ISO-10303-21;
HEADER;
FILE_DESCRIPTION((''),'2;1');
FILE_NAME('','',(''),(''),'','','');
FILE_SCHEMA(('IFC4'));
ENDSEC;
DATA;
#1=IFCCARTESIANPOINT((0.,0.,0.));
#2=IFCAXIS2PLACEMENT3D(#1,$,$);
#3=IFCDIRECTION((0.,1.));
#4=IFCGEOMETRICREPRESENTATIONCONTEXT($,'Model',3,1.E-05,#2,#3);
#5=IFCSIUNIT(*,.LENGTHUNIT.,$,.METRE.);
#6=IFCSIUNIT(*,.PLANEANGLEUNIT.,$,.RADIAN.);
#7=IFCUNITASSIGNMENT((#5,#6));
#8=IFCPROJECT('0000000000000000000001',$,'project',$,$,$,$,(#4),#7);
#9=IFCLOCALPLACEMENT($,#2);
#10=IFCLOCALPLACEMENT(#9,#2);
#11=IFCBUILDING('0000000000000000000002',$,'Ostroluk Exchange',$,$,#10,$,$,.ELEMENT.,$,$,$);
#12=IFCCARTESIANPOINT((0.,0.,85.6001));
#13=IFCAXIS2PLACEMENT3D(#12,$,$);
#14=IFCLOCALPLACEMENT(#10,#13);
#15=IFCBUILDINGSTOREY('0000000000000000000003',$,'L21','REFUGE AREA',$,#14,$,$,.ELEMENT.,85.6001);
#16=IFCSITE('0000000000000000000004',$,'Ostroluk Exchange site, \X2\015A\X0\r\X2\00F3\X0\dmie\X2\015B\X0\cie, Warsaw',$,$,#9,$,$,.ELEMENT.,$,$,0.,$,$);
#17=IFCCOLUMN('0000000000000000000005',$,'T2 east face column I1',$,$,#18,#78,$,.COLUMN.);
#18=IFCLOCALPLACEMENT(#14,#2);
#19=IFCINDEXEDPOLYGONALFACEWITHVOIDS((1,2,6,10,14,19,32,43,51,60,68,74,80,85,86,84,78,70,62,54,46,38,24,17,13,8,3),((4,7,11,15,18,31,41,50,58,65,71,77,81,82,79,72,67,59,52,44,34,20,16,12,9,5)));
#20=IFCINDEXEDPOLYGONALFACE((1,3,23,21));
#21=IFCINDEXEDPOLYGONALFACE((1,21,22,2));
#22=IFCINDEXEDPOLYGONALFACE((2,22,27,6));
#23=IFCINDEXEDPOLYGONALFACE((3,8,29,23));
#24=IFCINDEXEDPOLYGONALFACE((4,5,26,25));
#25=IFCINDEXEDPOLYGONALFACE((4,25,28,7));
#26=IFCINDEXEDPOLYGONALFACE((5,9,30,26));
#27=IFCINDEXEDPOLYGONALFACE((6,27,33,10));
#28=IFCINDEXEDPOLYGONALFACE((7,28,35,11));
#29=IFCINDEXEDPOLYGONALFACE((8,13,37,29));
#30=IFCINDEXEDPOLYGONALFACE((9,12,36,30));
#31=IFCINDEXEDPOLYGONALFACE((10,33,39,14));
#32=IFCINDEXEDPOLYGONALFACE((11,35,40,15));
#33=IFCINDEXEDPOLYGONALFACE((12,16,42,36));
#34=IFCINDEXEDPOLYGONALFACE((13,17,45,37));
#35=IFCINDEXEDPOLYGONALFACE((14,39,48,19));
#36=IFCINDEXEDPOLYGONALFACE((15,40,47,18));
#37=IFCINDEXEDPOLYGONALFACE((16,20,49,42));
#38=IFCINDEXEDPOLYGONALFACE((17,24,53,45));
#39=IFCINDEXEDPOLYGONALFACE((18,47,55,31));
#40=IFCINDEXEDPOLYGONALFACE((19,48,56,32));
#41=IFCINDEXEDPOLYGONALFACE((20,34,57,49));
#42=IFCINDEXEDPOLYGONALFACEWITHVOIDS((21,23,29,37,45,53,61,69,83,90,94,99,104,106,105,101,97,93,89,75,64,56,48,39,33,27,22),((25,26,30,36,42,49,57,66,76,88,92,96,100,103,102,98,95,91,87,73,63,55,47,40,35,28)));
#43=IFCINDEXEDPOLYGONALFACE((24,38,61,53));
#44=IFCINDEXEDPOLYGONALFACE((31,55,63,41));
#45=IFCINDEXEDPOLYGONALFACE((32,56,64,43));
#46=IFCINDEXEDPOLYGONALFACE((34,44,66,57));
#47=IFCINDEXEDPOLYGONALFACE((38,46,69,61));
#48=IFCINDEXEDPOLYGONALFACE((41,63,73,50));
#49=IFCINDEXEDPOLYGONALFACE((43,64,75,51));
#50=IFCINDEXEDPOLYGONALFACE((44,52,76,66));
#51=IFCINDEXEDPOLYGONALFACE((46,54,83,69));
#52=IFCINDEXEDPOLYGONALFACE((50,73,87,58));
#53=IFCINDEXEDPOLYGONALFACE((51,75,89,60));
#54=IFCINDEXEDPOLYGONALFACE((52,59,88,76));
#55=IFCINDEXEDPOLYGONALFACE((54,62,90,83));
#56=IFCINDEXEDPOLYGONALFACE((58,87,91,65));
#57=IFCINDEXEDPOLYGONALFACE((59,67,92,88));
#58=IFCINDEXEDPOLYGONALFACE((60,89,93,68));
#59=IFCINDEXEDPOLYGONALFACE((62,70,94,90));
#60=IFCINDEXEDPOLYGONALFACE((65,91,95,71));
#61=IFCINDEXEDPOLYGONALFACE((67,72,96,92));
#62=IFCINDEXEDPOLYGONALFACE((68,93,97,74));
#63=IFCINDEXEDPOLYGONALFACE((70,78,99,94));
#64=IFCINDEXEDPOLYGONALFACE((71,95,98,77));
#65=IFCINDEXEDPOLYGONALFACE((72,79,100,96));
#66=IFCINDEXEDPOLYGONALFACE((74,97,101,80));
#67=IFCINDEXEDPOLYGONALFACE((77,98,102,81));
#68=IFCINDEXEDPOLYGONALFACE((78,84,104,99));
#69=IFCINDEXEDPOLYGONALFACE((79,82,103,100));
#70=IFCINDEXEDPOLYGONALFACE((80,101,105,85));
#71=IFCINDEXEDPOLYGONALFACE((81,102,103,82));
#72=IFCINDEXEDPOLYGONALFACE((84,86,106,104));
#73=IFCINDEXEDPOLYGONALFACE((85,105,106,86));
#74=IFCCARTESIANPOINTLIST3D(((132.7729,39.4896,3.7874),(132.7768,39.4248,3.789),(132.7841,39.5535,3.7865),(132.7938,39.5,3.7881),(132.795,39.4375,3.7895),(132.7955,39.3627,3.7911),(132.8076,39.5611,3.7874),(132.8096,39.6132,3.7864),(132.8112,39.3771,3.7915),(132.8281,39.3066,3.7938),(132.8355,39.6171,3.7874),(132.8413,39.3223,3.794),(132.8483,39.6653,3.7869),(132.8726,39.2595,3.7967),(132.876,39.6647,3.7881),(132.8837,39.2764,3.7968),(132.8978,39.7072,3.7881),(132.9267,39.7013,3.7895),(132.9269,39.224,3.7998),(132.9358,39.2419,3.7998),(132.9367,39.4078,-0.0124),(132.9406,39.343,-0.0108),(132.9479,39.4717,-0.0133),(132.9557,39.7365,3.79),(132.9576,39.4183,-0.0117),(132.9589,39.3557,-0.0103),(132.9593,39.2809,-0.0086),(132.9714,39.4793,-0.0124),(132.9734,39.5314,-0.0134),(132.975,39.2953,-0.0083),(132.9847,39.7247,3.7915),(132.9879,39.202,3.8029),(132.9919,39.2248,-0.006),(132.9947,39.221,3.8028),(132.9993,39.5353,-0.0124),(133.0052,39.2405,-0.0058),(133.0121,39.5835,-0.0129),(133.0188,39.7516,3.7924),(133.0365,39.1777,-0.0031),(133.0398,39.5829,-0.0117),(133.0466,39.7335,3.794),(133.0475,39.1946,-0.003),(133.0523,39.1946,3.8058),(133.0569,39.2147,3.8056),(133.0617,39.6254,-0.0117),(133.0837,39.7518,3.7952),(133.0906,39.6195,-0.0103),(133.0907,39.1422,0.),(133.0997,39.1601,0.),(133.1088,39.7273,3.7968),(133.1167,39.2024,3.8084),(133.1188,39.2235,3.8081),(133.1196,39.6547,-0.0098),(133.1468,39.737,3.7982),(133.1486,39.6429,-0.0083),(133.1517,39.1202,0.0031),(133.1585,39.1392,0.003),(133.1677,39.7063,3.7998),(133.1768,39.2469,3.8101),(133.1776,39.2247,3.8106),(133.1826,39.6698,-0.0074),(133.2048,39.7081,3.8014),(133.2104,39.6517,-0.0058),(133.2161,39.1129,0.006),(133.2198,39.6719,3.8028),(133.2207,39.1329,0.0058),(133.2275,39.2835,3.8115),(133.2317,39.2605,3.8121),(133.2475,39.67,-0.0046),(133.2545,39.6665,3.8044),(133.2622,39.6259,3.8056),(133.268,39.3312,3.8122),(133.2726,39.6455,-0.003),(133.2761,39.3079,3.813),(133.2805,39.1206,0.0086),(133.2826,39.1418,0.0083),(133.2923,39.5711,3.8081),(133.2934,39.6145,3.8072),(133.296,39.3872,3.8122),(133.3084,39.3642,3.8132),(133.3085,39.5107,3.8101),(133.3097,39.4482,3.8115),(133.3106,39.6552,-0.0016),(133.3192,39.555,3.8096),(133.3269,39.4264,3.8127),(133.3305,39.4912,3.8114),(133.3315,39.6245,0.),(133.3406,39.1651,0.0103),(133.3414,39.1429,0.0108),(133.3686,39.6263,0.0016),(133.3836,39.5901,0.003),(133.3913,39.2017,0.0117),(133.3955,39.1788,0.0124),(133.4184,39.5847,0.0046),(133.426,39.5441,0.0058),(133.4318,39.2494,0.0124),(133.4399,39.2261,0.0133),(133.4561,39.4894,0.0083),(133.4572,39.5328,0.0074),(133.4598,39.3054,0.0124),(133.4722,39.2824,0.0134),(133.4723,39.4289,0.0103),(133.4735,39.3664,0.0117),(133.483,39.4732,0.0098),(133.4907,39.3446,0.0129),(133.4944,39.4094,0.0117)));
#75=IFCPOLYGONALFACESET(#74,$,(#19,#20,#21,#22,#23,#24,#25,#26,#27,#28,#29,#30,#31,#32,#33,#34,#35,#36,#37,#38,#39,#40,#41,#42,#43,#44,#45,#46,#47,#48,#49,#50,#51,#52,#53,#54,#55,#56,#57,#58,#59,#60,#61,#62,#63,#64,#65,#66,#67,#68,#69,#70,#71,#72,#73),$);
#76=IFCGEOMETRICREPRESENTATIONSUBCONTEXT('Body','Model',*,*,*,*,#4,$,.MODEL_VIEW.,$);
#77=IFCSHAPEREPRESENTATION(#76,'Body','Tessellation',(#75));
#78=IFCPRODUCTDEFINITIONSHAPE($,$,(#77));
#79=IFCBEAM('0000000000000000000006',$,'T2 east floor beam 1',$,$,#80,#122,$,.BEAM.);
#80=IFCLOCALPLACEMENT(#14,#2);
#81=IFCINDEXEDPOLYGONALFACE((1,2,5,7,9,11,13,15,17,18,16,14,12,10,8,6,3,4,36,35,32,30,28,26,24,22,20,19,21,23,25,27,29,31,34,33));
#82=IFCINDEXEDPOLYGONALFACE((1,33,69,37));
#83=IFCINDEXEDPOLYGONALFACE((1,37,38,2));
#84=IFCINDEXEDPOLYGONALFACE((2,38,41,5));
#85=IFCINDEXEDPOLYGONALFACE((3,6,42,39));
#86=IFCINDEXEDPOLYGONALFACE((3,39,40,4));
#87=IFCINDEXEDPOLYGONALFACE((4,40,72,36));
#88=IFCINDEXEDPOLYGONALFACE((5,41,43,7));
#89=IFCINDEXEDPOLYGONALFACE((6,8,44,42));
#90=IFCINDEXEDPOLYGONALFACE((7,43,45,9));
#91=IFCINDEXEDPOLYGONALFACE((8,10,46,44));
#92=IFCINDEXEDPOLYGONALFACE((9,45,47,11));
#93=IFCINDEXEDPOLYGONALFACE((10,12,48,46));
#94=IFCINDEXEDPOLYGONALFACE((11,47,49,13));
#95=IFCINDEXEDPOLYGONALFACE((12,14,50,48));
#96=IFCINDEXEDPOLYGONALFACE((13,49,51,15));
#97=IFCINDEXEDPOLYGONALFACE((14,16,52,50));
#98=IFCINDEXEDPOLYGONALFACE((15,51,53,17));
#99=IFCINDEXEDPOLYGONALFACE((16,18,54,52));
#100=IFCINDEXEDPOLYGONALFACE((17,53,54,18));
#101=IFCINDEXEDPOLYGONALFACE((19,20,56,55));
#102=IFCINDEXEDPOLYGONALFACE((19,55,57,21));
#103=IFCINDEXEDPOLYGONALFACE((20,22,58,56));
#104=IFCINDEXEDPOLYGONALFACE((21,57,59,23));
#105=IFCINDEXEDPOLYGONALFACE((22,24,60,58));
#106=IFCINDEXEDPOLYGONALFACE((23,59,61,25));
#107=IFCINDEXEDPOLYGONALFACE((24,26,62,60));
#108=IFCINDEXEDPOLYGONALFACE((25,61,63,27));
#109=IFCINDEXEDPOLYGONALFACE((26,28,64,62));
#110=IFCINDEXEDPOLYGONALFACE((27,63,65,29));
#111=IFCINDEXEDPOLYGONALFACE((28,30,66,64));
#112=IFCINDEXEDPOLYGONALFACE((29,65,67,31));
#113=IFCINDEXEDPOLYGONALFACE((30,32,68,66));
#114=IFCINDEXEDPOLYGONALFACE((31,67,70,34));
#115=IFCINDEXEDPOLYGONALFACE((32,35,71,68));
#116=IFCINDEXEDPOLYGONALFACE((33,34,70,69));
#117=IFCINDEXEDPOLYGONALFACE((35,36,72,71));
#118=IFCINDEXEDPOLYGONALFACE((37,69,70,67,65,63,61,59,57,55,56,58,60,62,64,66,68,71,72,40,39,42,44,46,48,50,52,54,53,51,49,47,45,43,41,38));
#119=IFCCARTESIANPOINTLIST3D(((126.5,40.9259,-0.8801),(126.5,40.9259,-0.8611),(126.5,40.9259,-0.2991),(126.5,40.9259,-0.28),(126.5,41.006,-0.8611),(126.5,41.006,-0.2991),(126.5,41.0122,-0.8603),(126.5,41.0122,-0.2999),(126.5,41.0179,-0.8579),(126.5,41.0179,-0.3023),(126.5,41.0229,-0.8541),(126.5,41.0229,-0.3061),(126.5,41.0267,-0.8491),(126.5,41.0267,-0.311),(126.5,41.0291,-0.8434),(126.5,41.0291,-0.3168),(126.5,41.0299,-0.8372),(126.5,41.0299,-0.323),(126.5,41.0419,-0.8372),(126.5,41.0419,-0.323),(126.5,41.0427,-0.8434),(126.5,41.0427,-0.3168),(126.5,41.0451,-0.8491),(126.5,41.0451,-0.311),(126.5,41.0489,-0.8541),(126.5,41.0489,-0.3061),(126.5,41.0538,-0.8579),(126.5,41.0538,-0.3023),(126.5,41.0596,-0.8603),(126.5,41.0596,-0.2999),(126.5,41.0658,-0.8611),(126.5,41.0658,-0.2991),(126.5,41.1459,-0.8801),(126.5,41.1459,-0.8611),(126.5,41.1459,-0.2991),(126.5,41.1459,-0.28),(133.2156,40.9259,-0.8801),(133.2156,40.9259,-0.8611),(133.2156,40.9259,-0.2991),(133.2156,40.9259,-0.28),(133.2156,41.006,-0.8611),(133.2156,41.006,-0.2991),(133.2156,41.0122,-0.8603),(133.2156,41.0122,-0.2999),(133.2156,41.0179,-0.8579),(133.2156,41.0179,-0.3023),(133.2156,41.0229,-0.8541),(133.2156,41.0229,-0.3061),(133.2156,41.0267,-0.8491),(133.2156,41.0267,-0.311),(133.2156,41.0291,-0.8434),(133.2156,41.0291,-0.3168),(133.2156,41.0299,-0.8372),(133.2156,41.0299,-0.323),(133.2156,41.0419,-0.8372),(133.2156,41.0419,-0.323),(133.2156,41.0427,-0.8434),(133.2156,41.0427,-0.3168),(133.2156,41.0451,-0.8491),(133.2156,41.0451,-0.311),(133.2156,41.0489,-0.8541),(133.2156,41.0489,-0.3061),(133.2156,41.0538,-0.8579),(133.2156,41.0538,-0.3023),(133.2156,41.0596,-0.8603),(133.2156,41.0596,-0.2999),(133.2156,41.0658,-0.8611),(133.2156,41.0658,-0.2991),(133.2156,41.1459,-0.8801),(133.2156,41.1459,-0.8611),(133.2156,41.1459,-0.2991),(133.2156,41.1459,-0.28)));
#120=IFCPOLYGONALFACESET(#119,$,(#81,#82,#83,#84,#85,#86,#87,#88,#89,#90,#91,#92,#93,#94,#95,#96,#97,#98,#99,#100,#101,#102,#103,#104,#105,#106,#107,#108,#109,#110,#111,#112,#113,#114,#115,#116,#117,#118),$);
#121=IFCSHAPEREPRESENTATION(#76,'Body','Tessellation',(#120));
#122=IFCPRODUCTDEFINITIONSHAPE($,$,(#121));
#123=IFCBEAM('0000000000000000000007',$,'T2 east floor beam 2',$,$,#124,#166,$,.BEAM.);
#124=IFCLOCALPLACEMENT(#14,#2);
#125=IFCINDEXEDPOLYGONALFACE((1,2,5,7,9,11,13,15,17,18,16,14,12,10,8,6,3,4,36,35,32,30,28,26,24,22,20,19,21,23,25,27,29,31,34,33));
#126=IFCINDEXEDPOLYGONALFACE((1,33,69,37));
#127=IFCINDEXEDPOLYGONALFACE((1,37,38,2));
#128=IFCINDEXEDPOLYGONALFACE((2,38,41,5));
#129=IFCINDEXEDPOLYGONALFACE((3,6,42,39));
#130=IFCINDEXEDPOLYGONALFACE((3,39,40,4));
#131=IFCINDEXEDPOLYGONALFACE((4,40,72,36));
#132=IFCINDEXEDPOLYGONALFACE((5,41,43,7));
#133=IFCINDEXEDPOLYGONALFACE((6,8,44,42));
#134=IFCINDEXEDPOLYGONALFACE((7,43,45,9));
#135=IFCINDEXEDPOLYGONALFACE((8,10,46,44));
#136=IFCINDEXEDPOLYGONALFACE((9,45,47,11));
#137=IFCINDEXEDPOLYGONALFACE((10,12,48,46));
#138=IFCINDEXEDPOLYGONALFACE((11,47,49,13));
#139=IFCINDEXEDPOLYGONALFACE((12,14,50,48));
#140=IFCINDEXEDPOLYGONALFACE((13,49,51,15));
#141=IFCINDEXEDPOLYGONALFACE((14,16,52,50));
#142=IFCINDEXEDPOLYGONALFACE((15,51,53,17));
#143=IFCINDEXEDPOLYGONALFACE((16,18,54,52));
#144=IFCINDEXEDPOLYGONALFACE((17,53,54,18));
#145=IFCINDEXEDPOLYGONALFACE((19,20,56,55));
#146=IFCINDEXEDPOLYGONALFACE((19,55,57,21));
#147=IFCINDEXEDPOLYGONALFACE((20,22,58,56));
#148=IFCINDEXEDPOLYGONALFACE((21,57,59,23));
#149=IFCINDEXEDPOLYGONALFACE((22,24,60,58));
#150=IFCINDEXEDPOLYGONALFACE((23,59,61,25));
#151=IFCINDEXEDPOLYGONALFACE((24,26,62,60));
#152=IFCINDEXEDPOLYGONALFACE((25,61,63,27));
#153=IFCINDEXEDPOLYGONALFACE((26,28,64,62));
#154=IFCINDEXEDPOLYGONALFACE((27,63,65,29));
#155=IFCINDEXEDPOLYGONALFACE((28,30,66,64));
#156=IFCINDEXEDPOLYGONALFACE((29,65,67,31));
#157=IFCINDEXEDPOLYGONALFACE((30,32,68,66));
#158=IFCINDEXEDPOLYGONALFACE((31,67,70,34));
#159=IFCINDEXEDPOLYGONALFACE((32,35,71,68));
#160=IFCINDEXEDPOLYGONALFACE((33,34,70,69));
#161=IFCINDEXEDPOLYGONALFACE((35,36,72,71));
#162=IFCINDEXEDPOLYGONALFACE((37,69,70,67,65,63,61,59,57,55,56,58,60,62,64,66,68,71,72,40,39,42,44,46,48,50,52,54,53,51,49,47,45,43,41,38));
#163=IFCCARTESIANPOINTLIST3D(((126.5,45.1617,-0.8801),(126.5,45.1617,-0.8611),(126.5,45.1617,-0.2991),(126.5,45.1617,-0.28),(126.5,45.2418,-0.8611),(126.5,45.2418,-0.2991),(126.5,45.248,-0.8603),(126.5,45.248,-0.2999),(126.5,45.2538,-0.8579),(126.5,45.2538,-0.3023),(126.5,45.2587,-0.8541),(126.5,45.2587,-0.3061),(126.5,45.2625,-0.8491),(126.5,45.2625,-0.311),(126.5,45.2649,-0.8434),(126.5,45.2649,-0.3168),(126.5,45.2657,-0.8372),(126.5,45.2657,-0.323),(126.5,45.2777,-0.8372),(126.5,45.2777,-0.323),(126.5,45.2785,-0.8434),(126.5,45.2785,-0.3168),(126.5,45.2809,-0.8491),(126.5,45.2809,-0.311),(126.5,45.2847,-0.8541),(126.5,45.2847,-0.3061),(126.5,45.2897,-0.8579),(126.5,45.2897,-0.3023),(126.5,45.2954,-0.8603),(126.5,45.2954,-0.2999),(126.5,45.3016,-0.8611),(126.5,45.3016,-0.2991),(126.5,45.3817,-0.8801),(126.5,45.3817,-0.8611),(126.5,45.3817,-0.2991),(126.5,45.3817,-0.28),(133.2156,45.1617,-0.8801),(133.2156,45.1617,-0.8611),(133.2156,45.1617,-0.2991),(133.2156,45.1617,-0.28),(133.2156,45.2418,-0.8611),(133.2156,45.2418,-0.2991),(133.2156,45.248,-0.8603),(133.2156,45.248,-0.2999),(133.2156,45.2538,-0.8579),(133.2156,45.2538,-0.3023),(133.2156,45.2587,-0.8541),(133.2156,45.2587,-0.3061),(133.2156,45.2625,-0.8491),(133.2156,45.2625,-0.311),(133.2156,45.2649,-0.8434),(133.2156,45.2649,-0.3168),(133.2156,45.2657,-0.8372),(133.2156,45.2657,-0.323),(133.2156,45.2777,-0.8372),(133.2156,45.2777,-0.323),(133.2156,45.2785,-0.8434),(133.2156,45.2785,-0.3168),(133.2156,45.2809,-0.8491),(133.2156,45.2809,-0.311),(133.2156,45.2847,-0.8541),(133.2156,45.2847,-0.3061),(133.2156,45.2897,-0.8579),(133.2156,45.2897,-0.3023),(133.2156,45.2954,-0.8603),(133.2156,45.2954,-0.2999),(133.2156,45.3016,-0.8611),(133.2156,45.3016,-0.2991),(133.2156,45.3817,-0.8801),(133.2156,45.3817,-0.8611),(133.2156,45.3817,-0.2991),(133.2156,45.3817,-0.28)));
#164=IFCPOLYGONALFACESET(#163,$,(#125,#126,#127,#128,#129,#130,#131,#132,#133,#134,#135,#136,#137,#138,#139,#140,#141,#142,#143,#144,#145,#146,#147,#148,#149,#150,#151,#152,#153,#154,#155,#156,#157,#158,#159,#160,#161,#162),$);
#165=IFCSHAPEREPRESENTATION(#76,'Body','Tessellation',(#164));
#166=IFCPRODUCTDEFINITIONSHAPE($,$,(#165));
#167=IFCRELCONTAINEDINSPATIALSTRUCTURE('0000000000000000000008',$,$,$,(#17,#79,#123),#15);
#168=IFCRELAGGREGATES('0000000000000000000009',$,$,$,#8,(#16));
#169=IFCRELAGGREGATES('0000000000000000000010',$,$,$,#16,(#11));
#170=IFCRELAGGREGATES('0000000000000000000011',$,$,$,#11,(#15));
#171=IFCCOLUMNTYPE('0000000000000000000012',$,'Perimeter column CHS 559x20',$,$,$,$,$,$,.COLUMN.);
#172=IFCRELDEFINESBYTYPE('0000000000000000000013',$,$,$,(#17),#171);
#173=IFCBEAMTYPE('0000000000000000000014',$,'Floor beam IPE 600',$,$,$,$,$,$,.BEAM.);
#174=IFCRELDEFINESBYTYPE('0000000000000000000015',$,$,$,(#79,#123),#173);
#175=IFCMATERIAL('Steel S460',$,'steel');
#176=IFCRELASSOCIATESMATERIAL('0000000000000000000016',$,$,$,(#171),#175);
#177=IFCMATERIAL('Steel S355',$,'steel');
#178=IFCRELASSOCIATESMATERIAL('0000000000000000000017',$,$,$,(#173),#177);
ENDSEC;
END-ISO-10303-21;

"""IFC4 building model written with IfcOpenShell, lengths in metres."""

from ifc_helpers import new_model, si_unit, direction, frame, origin, origin_2d, place, context, subcontext, project, spatial, hollow_circle, i_section, extrude, material, material_profile, profile_set, type_object, element, save


model = new_model("IFC4")

# Units and contexts
model_context = context("Model", 3, precision=1e-05, world=origin(), true_north=direction((0.0, 1.0)))
body_context = subcontext(model_context, "Body", "Model", "MODEL_VIEW")
ifc_project = project(units=[si_unit("LENGTHUNIT", "METRE"), si_unit("PLANEANGLEUNIT", "RADIAN")], contexts=[model_context])

# Site, building, storey
site_placement = place(None, origin())
site = spatial("IfcSite", under=ifc_project, at=site_placement, Name="Ostroluk Exchange site, Śródmieście, Warsaw", CompositionType="ELEMENT", RefElevation=0.0)
building_placement = place(site_placement, origin())
building = spatial("IfcBuilding", under=site, at=building_placement, Name="Ostroluk Exchange", CompositionType="ELEMENT")
storey_placement = place(building_placement, frame((0.0, 0.0, 85.6001)))
storey = spatial("IfcBuildingStorey", under=building, at=storey_placement, Name="L21", Description="REFUGE AREA", CompositionType="ELEMENT", Elevation=85.6001)

# Column
ifc_material_1 = material(Name="Steel S460", Category="steel")
ifc_material_profile_1 = material_profile(ifc_material_1, hollow_circle(Radius=0.2795, WallThickness=0.02, at=origin_2d()), Name="CHS 559x20")
ifc_profile_set_1 = profile_set([ifc_material_profile_1], Name="Steel S460")
column_type = type_object("IfcColumnType", Name="Perimeter column CHS 559x20", PredefinedType="COLUMN", material=ifc_profile_set_1)
column_placement = place(storey_placement, frame((133.2156, 39.3923, 0.0), z_axis=(-0.043062, 0.021499, 0.998841), x_axis=(-0.44668, -0.894694, 0.0)))
element("IfcColumn", 1, at=column_placement, inside=storey, type_object=column_type, Name="T2 east face column I1", PredefinedType="COLUMN", context=body_context, shape_type="SweptSolid", body=[
    extrude(hollow_circle(Radius=0.2795, WallThickness=0.02, at=origin_2d()), origin(), (0.0, 0.0, 1.0), 3.8042),
])

# Beams
ifc_material_2 = material(Name="Steel S355", Category="steel")
ifc_material_profile_2 = material_profile(ifc_material_2, i_section(OverallWidth=0.22, OverallDepth=0.6001, WebThickness=0.012, FlangeThickness=0.019, FilletRadius=0.0239, at=origin_2d()), Name="IPE 600")
ifc_profile_set_2 = profile_set([ifc_material_profile_2], Name="Steel S355")
beam_type_1 = type_object("IfcBeamType", Name="Floor beam IPE 600", PredefinedType="BEAM", material=ifc_profile_set_2)
for number, where, z_axis, x_axis, name in (
    (2, (126.5, 41.0359, -0.5801), (1.0, 0.0, 0.0), (0.0, 1.0, 0.0), "T2 east floor beam 1"),
    (3, (126.5, 45.2717, -0.5801), (1.0, 0.0, 0.0), (0.0, 1.0, 0.0), "T2 east floor beam 2"),
):
    element("IfcBeam", number, at=place(storey_placement, frame(where, z_axis=z_axis, x_axis=x_axis)), inside=storey, type_object=beam_type_1, Name=name, PredefinedType="BEAM", context=body_context, shape_type="SweptSolid", body=[
        extrude(i_section(OverallWidth=0.22, OverallDepth=0.6001, WebThickness=0.012, FlangeThickness=0.019, FilletRadius=0.0239, at=origin_2d()), origin(), (0.0, 0.0, 1.0), 6.7156),
    ])

save(model, "model.ifc")
